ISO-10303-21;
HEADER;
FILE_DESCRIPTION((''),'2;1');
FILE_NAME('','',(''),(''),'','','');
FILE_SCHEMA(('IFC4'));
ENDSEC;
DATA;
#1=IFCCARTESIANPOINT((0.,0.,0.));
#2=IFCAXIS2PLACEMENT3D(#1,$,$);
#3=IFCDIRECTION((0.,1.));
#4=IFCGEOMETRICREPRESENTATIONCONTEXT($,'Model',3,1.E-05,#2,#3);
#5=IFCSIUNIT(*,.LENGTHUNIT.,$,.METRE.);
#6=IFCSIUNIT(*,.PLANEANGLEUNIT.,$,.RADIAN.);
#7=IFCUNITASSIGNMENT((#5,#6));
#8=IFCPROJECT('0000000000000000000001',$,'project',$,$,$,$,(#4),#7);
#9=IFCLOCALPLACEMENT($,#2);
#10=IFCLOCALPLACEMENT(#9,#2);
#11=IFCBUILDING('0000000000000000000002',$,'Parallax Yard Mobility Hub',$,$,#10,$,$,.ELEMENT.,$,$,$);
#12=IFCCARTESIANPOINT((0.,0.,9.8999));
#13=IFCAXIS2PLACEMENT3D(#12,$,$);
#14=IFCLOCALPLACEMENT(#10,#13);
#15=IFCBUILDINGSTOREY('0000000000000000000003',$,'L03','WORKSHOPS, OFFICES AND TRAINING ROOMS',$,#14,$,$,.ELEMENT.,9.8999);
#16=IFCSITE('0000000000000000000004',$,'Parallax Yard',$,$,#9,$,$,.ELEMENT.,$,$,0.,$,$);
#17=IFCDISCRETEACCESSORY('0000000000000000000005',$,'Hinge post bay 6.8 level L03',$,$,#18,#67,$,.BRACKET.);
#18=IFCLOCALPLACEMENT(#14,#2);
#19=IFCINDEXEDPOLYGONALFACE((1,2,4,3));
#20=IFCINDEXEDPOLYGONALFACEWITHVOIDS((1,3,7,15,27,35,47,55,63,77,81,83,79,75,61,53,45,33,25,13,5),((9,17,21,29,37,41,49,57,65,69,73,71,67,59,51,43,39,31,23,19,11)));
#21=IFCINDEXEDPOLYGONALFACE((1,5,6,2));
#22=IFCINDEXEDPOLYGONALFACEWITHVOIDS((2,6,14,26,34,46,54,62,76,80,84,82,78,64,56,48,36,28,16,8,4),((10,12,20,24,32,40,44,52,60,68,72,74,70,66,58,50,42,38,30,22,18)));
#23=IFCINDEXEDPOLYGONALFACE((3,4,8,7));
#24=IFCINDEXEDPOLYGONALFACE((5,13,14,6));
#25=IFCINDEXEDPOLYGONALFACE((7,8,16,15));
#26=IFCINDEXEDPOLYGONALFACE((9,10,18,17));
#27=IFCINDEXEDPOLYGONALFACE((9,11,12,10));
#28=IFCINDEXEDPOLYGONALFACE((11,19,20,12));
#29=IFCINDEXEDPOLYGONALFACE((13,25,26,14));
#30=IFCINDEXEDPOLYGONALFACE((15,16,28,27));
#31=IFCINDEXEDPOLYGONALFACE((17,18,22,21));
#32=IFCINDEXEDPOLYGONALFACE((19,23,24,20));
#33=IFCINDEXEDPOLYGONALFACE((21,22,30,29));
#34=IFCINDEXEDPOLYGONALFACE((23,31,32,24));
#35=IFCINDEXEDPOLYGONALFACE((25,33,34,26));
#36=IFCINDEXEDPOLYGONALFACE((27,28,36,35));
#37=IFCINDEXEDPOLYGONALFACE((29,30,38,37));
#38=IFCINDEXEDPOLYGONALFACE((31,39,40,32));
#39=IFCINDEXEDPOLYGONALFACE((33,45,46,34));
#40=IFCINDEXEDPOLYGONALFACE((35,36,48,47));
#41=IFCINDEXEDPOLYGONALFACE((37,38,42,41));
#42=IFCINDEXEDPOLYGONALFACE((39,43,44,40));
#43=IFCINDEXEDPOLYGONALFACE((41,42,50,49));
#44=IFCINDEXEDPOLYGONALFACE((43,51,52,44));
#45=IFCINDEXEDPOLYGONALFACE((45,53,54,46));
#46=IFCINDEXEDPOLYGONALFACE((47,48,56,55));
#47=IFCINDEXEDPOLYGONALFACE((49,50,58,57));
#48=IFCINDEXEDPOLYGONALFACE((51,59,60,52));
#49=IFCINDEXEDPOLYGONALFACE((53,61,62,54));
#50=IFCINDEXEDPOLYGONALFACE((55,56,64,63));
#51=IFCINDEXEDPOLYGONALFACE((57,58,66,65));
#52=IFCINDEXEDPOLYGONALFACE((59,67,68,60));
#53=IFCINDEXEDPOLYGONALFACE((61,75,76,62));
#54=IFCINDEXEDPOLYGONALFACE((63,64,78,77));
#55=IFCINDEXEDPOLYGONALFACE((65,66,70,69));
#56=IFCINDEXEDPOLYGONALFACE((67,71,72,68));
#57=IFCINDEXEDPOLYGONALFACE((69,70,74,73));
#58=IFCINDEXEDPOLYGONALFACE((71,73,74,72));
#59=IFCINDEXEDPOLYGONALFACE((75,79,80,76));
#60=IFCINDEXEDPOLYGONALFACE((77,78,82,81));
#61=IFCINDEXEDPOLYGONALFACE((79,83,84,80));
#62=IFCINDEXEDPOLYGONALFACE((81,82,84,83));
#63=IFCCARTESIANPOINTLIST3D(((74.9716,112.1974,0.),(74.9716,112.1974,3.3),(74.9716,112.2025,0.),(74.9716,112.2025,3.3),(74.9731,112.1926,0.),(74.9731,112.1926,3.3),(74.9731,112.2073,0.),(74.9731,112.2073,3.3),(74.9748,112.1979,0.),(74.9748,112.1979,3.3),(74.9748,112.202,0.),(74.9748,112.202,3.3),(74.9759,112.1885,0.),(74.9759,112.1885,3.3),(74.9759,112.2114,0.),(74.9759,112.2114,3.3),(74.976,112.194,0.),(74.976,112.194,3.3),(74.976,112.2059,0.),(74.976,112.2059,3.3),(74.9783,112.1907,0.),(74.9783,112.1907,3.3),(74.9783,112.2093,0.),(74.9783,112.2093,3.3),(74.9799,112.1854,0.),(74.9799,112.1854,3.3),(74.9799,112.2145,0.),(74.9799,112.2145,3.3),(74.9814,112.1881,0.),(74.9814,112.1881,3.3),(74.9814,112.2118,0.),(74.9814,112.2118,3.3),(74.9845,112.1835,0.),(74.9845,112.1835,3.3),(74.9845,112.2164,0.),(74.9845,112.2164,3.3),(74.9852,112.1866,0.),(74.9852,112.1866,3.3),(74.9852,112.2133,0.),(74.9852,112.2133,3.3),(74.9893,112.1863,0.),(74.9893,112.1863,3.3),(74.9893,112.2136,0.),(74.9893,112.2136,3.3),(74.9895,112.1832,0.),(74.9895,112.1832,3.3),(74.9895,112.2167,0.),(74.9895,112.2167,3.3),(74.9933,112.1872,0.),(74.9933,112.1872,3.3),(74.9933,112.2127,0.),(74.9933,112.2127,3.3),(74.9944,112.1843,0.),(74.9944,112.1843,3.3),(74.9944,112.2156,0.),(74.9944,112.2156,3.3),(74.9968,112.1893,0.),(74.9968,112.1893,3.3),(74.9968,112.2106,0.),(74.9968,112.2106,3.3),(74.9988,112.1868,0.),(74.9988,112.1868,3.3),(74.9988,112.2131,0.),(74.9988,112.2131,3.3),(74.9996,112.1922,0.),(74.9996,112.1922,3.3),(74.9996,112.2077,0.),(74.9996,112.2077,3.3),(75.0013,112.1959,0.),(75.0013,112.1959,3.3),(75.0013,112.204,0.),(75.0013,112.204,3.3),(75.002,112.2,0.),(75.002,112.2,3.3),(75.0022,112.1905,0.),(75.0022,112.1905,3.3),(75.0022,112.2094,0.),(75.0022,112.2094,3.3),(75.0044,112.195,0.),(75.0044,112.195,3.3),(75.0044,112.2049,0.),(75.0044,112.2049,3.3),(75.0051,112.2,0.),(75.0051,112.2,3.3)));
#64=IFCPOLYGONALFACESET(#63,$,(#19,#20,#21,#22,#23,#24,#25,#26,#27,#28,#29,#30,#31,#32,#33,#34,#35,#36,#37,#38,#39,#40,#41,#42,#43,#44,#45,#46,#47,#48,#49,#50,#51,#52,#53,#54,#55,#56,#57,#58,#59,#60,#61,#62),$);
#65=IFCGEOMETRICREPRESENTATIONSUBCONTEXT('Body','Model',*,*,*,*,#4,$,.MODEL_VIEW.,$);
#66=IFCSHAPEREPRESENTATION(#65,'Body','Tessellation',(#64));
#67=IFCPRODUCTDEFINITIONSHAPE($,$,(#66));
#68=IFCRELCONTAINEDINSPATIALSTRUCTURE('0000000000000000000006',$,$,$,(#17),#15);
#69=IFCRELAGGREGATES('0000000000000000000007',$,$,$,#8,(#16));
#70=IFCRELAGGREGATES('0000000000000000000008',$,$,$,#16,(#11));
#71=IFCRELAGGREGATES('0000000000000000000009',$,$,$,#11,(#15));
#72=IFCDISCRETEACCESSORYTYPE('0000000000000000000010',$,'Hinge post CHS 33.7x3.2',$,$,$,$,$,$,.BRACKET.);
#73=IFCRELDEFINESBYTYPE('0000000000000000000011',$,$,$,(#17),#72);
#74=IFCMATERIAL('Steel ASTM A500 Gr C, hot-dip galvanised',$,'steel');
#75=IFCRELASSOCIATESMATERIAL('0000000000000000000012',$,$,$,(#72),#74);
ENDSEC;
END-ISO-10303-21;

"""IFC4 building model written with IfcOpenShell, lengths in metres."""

from ifc_helpers import new_model, si_unit, direction, frame, origin, origin_2d, place, context, subcontext, project, spatial, hollow_circle, extrude, material, material_profile, profile_set, type_object, element, save


model = new_model("IFC4")

# Units and contexts
model_context = context("Model", 3, precision=1e-05, world=origin(), true_north=direction((0.0, 1.0)))
body_context = subcontext(model_context, "Body", "Model", "MODEL_VIEW")
ifc_project = project(units=[si_unit("LENGTHUNIT", "METRE"), si_unit("PLANEANGLEUNIT", "RADIAN")], contexts=[model_context])

# Site, building, storey
site_placement = place(None, origin())
site = spatial("IfcSite", under=ifc_project, at=site_placement, Name="Parallax Yard", CompositionType="ELEMENT", RefElevation=0.0)
building_placement = place(site_placement, origin())
building = spatial("IfcBuilding", under=site, at=building_placement, Name="Parallax Yard Mobility Hub", CompositionType="ELEMENT")
storey_placement = place(building_placement, frame((0.0, 0.0, 9.8999)))
storey = spatial("IfcBuildingStorey", under=building, at=storey_placement, Name="L03", Description="WORKSHOPS, OFFICES AND TRAINING ROOMS", CompositionType="ELEMENT", Elevation=9.8999)

# Discrete accessory
ifc_material_1 = material(Name="Steel ASTM A500 Gr C, hot-dip galvanised", Category="steel")
ifc_material_profile = material_profile(ifc_material_1, hollow_circle(Radius=0.0168, WallThickness=0.0032, at=origin_2d()), Name="CHS 33.7x3.2")
ifc_profile_set = profile_set([ifc_material_profile], Name="Steel ASTM A500 Gr C, hot-dip galvanised")
discrete_accessory_type_1 = type_object("IfcDiscreteAccessoryType", Name="Hinge post CHS 33.7x3.2", PredefinedType="BRACKET", material=ifc_profile_set)
for number, where, z_axis, x_axis, name in (
    (1, (74.9883, 112.2, 0.0), (0.0, 0.0, 1.0), (1.0, 0.0, 0.0), "Hinge post bay 6.8 level L03"),
):
    element("IfcDiscreteAccessory", number, at=place(storey_placement, frame(where, z_axis=z_axis, x_axis=x_axis)), inside=storey, type_object=discrete_accessory_type_1, Name=name, PredefinedType="BRACKET", context=body_context, shape_type="SweptSolid", body=[
        extrude(hollow_circle(Radius=0.0168, WallThickness=0.0032, at=origin_2d()), origin(), (0.0, 0.0, 1.0), 3.3),
    ])

save(model, "model.ifc")
